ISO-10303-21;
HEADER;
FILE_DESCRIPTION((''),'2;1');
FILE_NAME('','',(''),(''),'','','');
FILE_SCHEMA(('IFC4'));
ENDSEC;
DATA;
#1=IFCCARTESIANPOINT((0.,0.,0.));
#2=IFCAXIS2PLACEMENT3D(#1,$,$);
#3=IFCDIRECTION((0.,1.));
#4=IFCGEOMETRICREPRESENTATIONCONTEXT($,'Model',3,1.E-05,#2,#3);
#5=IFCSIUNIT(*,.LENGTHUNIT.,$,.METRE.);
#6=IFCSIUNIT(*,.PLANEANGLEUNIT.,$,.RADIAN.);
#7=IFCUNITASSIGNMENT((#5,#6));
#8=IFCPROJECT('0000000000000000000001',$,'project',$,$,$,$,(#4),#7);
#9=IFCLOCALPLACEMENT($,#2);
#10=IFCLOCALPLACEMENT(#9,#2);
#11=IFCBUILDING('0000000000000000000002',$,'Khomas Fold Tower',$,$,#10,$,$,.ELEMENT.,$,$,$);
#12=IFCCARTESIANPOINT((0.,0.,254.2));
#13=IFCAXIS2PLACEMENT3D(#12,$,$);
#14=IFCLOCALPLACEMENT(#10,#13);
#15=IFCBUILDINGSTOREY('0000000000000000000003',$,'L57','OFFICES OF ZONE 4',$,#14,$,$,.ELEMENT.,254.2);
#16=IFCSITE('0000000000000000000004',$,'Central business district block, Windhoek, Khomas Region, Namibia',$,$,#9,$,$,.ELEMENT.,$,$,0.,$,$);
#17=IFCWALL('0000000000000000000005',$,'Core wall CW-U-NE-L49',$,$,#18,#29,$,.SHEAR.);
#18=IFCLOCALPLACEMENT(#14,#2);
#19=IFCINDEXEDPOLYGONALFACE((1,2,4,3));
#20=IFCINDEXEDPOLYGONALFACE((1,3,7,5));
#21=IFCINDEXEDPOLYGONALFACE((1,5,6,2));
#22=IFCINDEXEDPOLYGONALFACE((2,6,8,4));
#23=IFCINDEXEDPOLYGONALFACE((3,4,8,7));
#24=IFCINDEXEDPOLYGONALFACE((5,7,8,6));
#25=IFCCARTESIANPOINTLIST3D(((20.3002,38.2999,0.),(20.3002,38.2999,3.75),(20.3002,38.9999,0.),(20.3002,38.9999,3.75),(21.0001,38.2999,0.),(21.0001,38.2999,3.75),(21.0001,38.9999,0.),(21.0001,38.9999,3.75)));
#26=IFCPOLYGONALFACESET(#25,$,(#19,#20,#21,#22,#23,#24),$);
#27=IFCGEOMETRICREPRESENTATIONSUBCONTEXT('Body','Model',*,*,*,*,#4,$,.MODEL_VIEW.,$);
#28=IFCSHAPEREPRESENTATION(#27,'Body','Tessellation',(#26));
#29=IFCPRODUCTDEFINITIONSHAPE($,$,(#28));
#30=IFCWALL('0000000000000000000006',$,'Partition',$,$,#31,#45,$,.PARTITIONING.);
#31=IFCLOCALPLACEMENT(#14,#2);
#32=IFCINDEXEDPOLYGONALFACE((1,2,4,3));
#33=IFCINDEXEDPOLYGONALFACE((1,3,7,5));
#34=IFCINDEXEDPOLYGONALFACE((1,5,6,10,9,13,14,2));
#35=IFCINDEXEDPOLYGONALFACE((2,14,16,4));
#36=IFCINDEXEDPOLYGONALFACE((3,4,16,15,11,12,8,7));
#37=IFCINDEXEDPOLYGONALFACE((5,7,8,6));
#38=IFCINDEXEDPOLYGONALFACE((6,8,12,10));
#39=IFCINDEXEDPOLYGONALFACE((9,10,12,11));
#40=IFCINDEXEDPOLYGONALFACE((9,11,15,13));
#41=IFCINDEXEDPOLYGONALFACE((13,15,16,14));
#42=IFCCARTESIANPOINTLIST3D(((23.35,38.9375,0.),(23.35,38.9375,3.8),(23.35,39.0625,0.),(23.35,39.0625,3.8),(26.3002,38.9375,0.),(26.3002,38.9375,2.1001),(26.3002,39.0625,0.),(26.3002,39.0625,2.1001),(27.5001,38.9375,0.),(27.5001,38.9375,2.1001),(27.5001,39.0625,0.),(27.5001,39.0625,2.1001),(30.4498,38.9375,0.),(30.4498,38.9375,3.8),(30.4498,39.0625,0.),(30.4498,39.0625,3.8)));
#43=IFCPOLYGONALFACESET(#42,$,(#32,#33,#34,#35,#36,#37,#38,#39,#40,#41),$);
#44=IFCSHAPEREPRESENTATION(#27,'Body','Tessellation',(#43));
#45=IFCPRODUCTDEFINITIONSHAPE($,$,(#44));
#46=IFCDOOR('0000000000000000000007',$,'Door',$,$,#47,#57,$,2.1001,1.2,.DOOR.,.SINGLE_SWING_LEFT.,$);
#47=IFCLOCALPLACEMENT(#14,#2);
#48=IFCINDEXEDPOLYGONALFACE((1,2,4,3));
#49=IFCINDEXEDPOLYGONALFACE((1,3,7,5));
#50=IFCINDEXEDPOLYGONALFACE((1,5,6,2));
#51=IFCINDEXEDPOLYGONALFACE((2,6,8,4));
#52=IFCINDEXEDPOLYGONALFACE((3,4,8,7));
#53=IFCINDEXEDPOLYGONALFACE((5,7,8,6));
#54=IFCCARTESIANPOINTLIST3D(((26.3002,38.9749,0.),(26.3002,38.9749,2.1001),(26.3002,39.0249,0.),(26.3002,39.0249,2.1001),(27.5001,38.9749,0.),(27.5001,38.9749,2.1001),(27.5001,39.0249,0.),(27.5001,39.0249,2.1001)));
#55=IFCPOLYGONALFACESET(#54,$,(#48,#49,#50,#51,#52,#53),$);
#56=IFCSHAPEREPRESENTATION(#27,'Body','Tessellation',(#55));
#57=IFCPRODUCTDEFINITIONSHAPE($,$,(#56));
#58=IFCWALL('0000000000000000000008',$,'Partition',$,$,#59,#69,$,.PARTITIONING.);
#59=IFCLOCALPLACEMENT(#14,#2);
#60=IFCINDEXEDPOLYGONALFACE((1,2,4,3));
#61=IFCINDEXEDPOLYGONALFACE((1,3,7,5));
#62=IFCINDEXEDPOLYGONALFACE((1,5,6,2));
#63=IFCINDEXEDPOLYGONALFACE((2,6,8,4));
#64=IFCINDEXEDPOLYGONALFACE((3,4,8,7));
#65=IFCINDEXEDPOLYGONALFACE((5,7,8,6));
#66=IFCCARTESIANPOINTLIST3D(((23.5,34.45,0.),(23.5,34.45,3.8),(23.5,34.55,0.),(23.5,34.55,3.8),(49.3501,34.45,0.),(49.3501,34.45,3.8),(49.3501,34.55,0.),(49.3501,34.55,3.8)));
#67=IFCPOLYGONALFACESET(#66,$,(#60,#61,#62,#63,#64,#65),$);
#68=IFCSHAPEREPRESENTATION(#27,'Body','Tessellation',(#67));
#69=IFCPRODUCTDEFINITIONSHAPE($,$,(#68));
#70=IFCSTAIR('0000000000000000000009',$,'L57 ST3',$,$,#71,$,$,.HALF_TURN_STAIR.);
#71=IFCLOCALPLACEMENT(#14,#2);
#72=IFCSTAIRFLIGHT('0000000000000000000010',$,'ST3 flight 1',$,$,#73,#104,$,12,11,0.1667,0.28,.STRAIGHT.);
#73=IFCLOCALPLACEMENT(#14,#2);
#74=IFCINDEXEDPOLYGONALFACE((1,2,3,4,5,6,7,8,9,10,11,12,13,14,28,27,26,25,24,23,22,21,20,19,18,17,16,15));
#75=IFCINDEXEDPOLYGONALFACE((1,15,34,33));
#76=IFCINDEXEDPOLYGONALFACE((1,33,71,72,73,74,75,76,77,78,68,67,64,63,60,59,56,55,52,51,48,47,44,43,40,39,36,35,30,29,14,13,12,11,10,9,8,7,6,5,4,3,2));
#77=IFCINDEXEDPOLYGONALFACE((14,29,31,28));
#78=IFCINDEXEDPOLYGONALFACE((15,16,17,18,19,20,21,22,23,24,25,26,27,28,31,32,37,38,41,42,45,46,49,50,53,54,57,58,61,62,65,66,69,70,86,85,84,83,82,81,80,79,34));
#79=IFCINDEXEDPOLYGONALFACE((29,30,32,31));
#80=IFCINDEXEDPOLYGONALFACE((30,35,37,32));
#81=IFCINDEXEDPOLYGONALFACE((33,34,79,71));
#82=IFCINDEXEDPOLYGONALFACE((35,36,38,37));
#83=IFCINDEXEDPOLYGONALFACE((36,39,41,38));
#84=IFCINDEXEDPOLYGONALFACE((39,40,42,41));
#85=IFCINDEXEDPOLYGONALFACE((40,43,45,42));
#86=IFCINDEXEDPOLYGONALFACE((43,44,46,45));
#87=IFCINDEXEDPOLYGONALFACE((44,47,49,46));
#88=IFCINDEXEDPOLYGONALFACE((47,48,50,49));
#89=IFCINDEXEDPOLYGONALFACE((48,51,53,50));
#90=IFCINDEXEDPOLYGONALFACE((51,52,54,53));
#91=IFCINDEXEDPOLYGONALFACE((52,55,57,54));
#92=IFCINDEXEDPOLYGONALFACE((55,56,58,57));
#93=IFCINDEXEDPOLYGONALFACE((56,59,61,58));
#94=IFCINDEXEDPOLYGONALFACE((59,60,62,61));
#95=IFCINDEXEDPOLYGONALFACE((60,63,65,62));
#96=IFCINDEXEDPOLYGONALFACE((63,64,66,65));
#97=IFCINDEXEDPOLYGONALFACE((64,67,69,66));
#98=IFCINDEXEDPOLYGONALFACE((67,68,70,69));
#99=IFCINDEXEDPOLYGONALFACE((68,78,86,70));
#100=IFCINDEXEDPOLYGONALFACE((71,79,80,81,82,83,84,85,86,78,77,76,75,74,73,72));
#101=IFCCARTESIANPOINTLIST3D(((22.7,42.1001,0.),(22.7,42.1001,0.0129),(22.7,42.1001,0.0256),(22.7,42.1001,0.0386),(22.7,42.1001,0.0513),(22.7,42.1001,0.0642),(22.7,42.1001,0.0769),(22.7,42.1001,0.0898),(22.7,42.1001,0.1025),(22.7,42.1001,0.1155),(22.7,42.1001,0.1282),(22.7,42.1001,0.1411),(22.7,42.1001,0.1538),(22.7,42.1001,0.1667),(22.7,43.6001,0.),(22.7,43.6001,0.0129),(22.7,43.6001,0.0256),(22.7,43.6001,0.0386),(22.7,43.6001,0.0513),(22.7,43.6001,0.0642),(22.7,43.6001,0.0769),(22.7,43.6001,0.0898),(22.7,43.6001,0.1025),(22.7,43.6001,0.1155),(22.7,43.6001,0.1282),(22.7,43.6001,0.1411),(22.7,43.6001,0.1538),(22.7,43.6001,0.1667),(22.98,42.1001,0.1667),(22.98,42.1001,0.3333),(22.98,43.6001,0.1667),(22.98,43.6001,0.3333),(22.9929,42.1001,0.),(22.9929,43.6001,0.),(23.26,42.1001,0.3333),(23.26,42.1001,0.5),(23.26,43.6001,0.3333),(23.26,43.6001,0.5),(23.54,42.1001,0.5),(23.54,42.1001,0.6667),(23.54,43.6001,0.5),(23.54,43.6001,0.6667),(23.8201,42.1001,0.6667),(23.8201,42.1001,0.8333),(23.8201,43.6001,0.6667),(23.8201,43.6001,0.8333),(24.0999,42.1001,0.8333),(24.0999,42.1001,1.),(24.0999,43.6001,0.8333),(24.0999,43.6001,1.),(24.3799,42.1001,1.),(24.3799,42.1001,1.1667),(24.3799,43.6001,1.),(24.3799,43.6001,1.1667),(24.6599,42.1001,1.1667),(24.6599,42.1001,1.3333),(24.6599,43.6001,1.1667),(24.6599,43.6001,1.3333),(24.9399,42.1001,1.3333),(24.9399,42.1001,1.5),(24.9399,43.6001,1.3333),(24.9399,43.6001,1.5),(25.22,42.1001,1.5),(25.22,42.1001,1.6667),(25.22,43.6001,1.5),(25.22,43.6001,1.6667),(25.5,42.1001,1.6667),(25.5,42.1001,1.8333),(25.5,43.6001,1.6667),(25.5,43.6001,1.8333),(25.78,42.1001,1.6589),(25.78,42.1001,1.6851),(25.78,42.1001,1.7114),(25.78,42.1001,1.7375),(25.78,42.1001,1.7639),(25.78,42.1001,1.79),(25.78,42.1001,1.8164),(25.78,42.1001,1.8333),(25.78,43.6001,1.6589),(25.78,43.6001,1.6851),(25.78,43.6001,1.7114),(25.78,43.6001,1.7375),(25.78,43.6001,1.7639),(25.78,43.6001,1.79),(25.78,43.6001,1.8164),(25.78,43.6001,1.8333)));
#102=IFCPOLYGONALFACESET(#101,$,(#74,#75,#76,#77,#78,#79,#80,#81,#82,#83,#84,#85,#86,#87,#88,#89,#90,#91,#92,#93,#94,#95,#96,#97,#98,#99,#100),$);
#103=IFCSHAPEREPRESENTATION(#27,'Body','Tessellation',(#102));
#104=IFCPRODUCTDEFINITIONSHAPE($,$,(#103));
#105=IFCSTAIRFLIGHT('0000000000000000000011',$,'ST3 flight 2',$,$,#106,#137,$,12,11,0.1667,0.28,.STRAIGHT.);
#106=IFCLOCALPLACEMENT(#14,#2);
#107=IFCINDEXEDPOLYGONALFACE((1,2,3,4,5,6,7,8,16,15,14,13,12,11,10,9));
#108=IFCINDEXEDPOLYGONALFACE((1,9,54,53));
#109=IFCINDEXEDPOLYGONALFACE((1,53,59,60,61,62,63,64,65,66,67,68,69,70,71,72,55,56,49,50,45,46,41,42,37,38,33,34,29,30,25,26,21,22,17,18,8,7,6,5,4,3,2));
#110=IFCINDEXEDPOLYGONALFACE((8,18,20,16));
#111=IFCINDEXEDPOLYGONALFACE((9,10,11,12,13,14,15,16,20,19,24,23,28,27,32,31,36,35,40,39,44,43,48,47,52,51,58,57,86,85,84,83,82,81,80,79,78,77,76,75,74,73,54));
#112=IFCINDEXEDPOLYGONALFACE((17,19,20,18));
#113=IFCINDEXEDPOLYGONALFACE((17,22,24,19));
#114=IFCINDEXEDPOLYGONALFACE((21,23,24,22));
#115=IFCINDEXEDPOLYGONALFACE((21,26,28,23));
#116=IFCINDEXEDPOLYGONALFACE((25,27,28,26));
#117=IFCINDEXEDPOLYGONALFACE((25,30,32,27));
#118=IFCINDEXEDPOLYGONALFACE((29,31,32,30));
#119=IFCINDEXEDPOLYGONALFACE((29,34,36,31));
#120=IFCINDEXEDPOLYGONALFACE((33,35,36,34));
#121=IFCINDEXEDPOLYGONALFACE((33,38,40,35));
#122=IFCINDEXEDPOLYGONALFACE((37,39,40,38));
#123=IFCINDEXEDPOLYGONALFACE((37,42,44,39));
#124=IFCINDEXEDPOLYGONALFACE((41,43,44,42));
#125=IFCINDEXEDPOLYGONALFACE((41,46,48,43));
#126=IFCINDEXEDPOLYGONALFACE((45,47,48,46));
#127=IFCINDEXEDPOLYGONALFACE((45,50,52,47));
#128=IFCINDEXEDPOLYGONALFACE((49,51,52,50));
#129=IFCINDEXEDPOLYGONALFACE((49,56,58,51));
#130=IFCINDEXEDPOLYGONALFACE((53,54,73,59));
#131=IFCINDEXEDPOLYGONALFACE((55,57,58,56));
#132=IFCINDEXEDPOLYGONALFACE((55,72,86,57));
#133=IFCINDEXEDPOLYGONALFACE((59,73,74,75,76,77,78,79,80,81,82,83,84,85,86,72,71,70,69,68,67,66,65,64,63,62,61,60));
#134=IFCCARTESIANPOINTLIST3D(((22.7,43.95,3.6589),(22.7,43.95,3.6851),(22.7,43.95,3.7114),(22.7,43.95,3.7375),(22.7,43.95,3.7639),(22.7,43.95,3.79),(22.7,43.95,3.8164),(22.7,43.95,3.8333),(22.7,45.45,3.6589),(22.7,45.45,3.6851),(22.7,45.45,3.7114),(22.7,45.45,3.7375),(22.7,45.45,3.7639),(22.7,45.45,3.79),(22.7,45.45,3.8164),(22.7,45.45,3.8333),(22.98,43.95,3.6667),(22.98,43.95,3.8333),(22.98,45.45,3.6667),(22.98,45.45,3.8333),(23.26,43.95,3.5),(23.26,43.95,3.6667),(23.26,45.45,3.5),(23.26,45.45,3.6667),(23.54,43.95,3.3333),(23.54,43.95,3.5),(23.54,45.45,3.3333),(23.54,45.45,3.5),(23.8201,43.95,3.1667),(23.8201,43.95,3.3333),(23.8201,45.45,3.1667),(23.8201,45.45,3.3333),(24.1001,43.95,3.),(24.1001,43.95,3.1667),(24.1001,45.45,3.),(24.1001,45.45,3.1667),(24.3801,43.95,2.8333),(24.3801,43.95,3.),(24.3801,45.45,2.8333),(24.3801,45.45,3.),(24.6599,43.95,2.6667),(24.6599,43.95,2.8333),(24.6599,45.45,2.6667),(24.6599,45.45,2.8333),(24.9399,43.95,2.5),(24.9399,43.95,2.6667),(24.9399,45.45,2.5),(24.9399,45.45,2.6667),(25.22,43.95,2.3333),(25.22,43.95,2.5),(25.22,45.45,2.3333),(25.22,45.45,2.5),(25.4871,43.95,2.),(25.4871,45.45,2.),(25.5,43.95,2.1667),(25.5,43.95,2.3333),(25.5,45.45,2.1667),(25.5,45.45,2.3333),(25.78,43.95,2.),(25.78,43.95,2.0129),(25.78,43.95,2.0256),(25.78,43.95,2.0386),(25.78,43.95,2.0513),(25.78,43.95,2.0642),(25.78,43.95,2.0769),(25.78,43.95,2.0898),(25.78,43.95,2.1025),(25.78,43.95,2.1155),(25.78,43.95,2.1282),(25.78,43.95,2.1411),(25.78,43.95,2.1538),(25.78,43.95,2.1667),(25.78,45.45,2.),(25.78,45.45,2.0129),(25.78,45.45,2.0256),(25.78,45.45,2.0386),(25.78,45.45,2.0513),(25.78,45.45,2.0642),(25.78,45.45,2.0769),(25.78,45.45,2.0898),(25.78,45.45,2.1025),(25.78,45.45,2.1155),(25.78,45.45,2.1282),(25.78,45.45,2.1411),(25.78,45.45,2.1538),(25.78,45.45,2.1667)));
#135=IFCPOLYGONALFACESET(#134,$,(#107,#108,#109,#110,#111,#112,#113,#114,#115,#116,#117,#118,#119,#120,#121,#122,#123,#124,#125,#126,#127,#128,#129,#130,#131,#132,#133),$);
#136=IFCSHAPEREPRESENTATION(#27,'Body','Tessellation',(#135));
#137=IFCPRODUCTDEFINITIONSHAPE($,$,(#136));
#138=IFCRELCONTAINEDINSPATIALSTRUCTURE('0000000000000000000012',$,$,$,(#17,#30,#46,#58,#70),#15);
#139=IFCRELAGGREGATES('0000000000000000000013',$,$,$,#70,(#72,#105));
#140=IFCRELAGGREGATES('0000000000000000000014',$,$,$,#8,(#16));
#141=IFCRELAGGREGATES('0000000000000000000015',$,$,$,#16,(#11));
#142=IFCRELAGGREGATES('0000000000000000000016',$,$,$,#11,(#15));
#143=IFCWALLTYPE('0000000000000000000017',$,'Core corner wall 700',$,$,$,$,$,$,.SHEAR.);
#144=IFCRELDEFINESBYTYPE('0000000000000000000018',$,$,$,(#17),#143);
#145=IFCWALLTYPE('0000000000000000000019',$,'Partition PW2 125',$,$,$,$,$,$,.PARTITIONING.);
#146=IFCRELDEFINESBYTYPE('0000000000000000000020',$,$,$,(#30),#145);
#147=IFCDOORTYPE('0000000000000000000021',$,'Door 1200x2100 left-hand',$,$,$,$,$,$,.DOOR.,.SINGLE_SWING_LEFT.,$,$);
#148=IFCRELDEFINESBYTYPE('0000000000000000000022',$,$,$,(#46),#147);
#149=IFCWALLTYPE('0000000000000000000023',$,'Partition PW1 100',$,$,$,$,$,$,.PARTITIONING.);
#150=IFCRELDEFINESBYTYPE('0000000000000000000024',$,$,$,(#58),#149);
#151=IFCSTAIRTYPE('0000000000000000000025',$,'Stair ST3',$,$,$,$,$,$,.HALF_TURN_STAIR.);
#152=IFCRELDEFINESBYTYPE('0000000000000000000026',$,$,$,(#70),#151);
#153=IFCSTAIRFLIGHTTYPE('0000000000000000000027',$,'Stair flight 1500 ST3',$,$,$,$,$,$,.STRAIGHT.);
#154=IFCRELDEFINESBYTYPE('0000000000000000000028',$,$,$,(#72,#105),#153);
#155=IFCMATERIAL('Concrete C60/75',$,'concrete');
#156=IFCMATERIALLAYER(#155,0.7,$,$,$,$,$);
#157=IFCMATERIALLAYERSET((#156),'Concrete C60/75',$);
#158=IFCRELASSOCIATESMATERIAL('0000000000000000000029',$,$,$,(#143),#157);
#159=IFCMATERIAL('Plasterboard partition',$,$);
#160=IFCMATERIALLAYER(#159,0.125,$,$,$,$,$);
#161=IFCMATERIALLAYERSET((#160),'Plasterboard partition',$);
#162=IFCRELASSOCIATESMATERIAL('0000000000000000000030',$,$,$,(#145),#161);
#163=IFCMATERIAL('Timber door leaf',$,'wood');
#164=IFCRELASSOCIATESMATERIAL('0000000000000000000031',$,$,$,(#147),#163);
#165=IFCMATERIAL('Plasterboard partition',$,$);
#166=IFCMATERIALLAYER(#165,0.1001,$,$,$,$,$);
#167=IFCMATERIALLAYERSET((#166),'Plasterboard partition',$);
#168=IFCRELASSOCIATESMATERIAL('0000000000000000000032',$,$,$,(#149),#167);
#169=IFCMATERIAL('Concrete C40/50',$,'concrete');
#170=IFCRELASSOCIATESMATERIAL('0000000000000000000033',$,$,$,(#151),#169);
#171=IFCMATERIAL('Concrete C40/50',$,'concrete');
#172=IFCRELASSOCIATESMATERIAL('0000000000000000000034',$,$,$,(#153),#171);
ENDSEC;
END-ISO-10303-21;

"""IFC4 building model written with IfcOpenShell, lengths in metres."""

from ifc_helpers import new_model, si_unit, direction, frame, frame_2d, origin, place, context, subcontext, project, spatial, polyline, rectangle, outline, extrude, source, transform, mapped, material, layer, layer_set, type_object, element, fill, aggregate, save


model = new_model("IFC4")

# Units and contexts
model_context = context("Model", 3, precision=1e-05, world=origin(), true_north=direction((0.0, 1.0)))
body_context = subcontext(model_context, "Body", "Model", "MODEL_VIEW")
ifc_project = project(units=[si_unit("LENGTHUNIT", "METRE"), si_unit("PLANEANGLEUNIT", "RADIAN")], contexts=[model_context])

# Site, building, storey
site_placement = place(None, origin())
site = spatial("IfcSite", under=ifc_project, at=site_placement, Name="Central business district block, Windhoek, Khomas Region, Namibia", CompositionType="ELEMENT", RefElevation=0.0)
building_placement = place(site_placement, origin())
building = spatial("IfcBuilding", under=site, at=building_placement, Name="Khomas Fold Tower", CompositionType="ELEMENT")
storey_placement = place(building_placement, frame((0.0, 0.0, 254.2)))
storey = spatial("IfcBuildingStorey", under=building, at=storey_placement, Name="L57", Description="OFFICES OF ZONE 4", CompositionType="ELEMENT", Elevation=254.2)

# Shared definitions
shared_shape_1 = source(origin(), body_context, "Body", "SweptSolid", [
    extrude(rectangle(XDim=1.2, YDim=2.1001, at=frame_2d((0.6001, 1.05))), frame((0.0, 0.0249, 0.0), z_axis=(0.0, -1.0, 0.0), x_axis=(1.0, 0.0, 0.0)), (0.0, 0.0, 1.0), 0.05),
])

# Wall
ifc_material_1 = material(Name="Concrete C60/75", Category="concrete")
ifc_layer_1 = layer(ifc_material_1, 0.7)
ifc_layer_set_1 = layer_set([ifc_layer_1], Name="Concrete C60/75")
wall_type_1 = type_object("IfcWallType", Name="Core corner wall 700", PredefinedType="SHEAR", material=ifc_layer_set_1)
shared_shape_2 = source(origin(), body_context, "Body", "SweptSolid", [
    extrude(rectangle(XDim=0.7, YDim=0.7, at=frame_2d((0.3501, 0.0))), origin(), (0.0, 0.0, 1.0), 3.75),
])
wall_1_placement = place(storey_placement, frame((20.3, 38.6499, 0.0), z_axis=(0.0, 0.0, 1.0), x_axis=(1.0, 0.0, 0.0)))
element("IfcWall", 1, at=wall_1_placement, inside=storey, type_object=wall_type_1, Name="Core wall CW-U-NE-L49", PredefinedType="SHEAR", context=body_context, shape_type="MappedRepresentation", body=[
    mapped(shared_shape_2, transform((0.0, 0.0, 0.0))),
])

# Wall, opening, door
ifc_material_2 = material(Name="Plasterboard partition")
ifc_layer_2 = layer(ifc_material_2, 0.125)
ifc_layer_set_2 = layer_set([ifc_layer_2], Name="Plasterboard partition")
wall_type_2 = type_object("IfcWallType", Name="Partition PW2 125", PredefinedType="PARTITIONING", material=ifc_layer_set_2)
shared_shape_3 = source(origin(), body_context, "Body", "SweptSolid", [
    extrude(rectangle(XDim=7.0999, YDim=0.125, at=frame_2d((3.5498, 0.0))), origin(), (0.0, 0.0, 1.0), 3.8),
])
wall_2_placement = place(storey_placement, frame((23.3501, 39.0, 0.0), z_axis=(0.0, 0.0, 1.0), x_axis=(1.0, 0.0, 0.0)))
wall_2 = element("IfcWall", 2, at=wall_2_placement, inside=storey, type_object=wall_type_2, Name="Partition", PredefinedType="PARTITIONING", context=body_context, shape_type="MappedRepresentation", body=[
    mapped(shared_shape_3, transform((0.0, 0.0, 0.0))),
])
shared_shape_4 = source(origin(), body_context, "Body", "SweptSolid", [
    extrude(rectangle(XDim=1.2, YDim=2.1001, at=frame_2d((0.6001, 1.05))), frame((0.0, 0.0725, 0.0), z_axis=(0.0, -1.0, 0.0), x_axis=(1.0, 0.0, 0.0)), (0.0, 0.0, 1.0), 0.145),
])
opening_1_placement = place(wall_2_placement, frame((2.95, 0.0, 0.0)))
opening_1 = element("IfcOpeningElement", 3, at=opening_1_placement, cuts=wall_2, PredefinedType="OPENING", context=body_context, shape_type="MappedRepresentation", body=[
    mapped(shared_shape_4, transform((0.0, 0.0, 0.0))),
])
ifc_material_3 = material(Name="Timber door leaf", Category="wood")
door_type_1 = type_object("IfcDoorType", Name="Door 1200x2100 left-hand", OperationType="SINGLE_SWING_LEFT", PredefinedType="DOOR", material=ifc_material_3)
door_1_placement = place(opening_1_placement, origin())
door_1 = element("IfcDoor", 4, at=door_1_placement, inside=storey, type_object=door_type_1, Name="Door", OperationType="SINGLE_SWING_LEFT", OverallHeight=2.1001, OverallWidth=1.2, PredefinedType="DOOR", context=body_context, shape_type="MappedRepresentation", body=[
    mapped(shared_shape_1, transform((0.0, 0.0, 0.0))),
])
fill(opening_1, door_1)

# Wall
ifc_material_4 = material(Name="Plasterboard partition")
ifc_layer_3 = layer(ifc_material_4, 0.1001)
ifc_layer_set_3 = layer_set([ifc_layer_3], Name="Plasterboard partition")
wall_type_3 = type_object("IfcWallType", Name="Partition PW1 100", PredefinedType="PARTITIONING", material=ifc_layer_set_3)
shared_shape_5 = source(origin(), body_context, "Body", "SweptSolid", [
    extrude(rectangle(XDim=25.8501, YDim=0.1001, at=frame_2d((12.925, 0.0))), origin(), (0.0, 0.0, 1.0), 3.8),
])
wall_3_placement = place(storey_placement, frame((23.5, 34.5, 0.0), z_axis=(0.0, 0.0, 1.0), x_axis=(1.0, 0.0, 0.0)))
element("IfcWall", 5, at=wall_3_placement, inside=storey, type_object=wall_type_3, Name="Partition", PredefinedType="PARTITIONING", context=body_context, shape_type="MappedRepresentation", body=[
    mapped(shared_shape_5, transform((0.0, 0.0, 0.0))),
])

# Stair, stair flights
ifc_material_5 = material(Name="Concrete C40/50", Category="concrete")
stair_type = type_object("IfcStairType", Name="Stair ST3", PredefinedType="HALF_TURN_STAIR", material=ifc_material_5)
stair_placement = place(storey_placement, origin())
stair = element("IfcStair", 6, at=stair_placement, inside=storey, type_object=stair_type, Name="L57 ST3", PredefinedType="HALF_TURN_STAIR")
ifc_material_6 = material(Name="Concrete C40/50", Category="concrete")
stair_flight_type = type_object("IfcStairFlightType", Name="Stair flight 1500 ST3", PredefinedType="STRAIGHT", material=ifc_material_6)
shared_shape_6 = source(origin(), body_context, "Body", "SweptSolid", [
    extrude(outline(polyline([(0.0, 0.0), (0.0, 0.0129), (0.0, 0.0256), (0.0, 0.0386), (0.0, 0.0513), (0.0, 0.0642), (0.0, 0.0769), (0.0, 0.0898), (0.0, 0.1025), (0.0, 0.1155), (0.0, 0.1282), (0.0, 0.1411), (0.0, 0.1538), (0.0, 0.1667), (0.28, 0.1667), (0.28, 0.3333), (0.5601, 0.3333), (0.5601, 0.5), (0.8401, 0.5), (0.8401, 0.6667), (1.1201, 0.6667), (1.1201, 0.8333), (1.3999, 0.8333), (1.3999, 1.0), (1.6799, 1.0), (1.6799, 1.1667), (1.96, 1.1667), (1.96, 1.3333), (2.24, 1.3333), (2.24, 1.5), (2.52, 1.5), (2.52, 1.6667), (2.8, 1.6667), (2.8, 1.8333), (3.0801, 1.8333), (3.0801, 2.0), (3.0801, 1.9739), (3.0801, 1.9475), (3.0801, 1.9214), (3.0801, 1.895), (3.0801, 1.8689), (3.0801, 1.8425), (3.0801, 1.8164), (3.0801, 1.79), (3.0801, 1.7639), (3.0801, 1.7375), (3.0801, 1.7114), (3.0801, 1.6851), (3.0801, 1.6589), (0.293, 0.0), (0.0, 0.0)])), frame((0.0, 0.75, 0.0), z_axis=(0.0, -1.0, 0.0), x_axis=(1.0, 0.0, 0.0)), (0.0, 0.0, 1.0), 1.5),
])
stair_flight_1_placement = place(storey_placement, frame((22.7, 42.8501, 0.0), z_axis=(0.0, 0.0, 1.0), x_axis=(1.0, 0.0, 0.0)))
stair_flight_1 = element("IfcStairFlight", 7, at=stair_flight_1_placement, type_object=stair_flight_type, Name="ST3 flight 1", NumberOfRisers=12, NumberOfTreads=11, PredefinedType="STRAIGHT", RiserHeight=0.1667, TreadLength=0.28, context=body_context, shape_type="MappedRepresentation", body=[
    mapped(shared_shape_6, transform((0.0, 0.0, 0.0))),
])
stair_flight_2_placement = place(storey_placement, frame((25.78, 44.7, 2.0), z_axis=(0.0, 0.0, 1.0), x_axis=(-1.0, 0.0, 0.0)))
stair_flight_2 = element("IfcStairFlight", 8, at=stair_flight_2_placement, type_object=stair_flight_type, Name="ST3 flight 2", NumberOfRisers=12, NumberOfTreads=11, PredefinedType="STRAIGHT", RiserHeight=0.1667, TreadLength=0.28, context=body_context, shape_type="MappedRepresentation", body=[
    mapped(shared_shape_6, transform((0.0, 0.0, 0.0))),
])
aggregate(stair, [stair_flight_1, stair_flight_2])

save(model, "model.ifc")
